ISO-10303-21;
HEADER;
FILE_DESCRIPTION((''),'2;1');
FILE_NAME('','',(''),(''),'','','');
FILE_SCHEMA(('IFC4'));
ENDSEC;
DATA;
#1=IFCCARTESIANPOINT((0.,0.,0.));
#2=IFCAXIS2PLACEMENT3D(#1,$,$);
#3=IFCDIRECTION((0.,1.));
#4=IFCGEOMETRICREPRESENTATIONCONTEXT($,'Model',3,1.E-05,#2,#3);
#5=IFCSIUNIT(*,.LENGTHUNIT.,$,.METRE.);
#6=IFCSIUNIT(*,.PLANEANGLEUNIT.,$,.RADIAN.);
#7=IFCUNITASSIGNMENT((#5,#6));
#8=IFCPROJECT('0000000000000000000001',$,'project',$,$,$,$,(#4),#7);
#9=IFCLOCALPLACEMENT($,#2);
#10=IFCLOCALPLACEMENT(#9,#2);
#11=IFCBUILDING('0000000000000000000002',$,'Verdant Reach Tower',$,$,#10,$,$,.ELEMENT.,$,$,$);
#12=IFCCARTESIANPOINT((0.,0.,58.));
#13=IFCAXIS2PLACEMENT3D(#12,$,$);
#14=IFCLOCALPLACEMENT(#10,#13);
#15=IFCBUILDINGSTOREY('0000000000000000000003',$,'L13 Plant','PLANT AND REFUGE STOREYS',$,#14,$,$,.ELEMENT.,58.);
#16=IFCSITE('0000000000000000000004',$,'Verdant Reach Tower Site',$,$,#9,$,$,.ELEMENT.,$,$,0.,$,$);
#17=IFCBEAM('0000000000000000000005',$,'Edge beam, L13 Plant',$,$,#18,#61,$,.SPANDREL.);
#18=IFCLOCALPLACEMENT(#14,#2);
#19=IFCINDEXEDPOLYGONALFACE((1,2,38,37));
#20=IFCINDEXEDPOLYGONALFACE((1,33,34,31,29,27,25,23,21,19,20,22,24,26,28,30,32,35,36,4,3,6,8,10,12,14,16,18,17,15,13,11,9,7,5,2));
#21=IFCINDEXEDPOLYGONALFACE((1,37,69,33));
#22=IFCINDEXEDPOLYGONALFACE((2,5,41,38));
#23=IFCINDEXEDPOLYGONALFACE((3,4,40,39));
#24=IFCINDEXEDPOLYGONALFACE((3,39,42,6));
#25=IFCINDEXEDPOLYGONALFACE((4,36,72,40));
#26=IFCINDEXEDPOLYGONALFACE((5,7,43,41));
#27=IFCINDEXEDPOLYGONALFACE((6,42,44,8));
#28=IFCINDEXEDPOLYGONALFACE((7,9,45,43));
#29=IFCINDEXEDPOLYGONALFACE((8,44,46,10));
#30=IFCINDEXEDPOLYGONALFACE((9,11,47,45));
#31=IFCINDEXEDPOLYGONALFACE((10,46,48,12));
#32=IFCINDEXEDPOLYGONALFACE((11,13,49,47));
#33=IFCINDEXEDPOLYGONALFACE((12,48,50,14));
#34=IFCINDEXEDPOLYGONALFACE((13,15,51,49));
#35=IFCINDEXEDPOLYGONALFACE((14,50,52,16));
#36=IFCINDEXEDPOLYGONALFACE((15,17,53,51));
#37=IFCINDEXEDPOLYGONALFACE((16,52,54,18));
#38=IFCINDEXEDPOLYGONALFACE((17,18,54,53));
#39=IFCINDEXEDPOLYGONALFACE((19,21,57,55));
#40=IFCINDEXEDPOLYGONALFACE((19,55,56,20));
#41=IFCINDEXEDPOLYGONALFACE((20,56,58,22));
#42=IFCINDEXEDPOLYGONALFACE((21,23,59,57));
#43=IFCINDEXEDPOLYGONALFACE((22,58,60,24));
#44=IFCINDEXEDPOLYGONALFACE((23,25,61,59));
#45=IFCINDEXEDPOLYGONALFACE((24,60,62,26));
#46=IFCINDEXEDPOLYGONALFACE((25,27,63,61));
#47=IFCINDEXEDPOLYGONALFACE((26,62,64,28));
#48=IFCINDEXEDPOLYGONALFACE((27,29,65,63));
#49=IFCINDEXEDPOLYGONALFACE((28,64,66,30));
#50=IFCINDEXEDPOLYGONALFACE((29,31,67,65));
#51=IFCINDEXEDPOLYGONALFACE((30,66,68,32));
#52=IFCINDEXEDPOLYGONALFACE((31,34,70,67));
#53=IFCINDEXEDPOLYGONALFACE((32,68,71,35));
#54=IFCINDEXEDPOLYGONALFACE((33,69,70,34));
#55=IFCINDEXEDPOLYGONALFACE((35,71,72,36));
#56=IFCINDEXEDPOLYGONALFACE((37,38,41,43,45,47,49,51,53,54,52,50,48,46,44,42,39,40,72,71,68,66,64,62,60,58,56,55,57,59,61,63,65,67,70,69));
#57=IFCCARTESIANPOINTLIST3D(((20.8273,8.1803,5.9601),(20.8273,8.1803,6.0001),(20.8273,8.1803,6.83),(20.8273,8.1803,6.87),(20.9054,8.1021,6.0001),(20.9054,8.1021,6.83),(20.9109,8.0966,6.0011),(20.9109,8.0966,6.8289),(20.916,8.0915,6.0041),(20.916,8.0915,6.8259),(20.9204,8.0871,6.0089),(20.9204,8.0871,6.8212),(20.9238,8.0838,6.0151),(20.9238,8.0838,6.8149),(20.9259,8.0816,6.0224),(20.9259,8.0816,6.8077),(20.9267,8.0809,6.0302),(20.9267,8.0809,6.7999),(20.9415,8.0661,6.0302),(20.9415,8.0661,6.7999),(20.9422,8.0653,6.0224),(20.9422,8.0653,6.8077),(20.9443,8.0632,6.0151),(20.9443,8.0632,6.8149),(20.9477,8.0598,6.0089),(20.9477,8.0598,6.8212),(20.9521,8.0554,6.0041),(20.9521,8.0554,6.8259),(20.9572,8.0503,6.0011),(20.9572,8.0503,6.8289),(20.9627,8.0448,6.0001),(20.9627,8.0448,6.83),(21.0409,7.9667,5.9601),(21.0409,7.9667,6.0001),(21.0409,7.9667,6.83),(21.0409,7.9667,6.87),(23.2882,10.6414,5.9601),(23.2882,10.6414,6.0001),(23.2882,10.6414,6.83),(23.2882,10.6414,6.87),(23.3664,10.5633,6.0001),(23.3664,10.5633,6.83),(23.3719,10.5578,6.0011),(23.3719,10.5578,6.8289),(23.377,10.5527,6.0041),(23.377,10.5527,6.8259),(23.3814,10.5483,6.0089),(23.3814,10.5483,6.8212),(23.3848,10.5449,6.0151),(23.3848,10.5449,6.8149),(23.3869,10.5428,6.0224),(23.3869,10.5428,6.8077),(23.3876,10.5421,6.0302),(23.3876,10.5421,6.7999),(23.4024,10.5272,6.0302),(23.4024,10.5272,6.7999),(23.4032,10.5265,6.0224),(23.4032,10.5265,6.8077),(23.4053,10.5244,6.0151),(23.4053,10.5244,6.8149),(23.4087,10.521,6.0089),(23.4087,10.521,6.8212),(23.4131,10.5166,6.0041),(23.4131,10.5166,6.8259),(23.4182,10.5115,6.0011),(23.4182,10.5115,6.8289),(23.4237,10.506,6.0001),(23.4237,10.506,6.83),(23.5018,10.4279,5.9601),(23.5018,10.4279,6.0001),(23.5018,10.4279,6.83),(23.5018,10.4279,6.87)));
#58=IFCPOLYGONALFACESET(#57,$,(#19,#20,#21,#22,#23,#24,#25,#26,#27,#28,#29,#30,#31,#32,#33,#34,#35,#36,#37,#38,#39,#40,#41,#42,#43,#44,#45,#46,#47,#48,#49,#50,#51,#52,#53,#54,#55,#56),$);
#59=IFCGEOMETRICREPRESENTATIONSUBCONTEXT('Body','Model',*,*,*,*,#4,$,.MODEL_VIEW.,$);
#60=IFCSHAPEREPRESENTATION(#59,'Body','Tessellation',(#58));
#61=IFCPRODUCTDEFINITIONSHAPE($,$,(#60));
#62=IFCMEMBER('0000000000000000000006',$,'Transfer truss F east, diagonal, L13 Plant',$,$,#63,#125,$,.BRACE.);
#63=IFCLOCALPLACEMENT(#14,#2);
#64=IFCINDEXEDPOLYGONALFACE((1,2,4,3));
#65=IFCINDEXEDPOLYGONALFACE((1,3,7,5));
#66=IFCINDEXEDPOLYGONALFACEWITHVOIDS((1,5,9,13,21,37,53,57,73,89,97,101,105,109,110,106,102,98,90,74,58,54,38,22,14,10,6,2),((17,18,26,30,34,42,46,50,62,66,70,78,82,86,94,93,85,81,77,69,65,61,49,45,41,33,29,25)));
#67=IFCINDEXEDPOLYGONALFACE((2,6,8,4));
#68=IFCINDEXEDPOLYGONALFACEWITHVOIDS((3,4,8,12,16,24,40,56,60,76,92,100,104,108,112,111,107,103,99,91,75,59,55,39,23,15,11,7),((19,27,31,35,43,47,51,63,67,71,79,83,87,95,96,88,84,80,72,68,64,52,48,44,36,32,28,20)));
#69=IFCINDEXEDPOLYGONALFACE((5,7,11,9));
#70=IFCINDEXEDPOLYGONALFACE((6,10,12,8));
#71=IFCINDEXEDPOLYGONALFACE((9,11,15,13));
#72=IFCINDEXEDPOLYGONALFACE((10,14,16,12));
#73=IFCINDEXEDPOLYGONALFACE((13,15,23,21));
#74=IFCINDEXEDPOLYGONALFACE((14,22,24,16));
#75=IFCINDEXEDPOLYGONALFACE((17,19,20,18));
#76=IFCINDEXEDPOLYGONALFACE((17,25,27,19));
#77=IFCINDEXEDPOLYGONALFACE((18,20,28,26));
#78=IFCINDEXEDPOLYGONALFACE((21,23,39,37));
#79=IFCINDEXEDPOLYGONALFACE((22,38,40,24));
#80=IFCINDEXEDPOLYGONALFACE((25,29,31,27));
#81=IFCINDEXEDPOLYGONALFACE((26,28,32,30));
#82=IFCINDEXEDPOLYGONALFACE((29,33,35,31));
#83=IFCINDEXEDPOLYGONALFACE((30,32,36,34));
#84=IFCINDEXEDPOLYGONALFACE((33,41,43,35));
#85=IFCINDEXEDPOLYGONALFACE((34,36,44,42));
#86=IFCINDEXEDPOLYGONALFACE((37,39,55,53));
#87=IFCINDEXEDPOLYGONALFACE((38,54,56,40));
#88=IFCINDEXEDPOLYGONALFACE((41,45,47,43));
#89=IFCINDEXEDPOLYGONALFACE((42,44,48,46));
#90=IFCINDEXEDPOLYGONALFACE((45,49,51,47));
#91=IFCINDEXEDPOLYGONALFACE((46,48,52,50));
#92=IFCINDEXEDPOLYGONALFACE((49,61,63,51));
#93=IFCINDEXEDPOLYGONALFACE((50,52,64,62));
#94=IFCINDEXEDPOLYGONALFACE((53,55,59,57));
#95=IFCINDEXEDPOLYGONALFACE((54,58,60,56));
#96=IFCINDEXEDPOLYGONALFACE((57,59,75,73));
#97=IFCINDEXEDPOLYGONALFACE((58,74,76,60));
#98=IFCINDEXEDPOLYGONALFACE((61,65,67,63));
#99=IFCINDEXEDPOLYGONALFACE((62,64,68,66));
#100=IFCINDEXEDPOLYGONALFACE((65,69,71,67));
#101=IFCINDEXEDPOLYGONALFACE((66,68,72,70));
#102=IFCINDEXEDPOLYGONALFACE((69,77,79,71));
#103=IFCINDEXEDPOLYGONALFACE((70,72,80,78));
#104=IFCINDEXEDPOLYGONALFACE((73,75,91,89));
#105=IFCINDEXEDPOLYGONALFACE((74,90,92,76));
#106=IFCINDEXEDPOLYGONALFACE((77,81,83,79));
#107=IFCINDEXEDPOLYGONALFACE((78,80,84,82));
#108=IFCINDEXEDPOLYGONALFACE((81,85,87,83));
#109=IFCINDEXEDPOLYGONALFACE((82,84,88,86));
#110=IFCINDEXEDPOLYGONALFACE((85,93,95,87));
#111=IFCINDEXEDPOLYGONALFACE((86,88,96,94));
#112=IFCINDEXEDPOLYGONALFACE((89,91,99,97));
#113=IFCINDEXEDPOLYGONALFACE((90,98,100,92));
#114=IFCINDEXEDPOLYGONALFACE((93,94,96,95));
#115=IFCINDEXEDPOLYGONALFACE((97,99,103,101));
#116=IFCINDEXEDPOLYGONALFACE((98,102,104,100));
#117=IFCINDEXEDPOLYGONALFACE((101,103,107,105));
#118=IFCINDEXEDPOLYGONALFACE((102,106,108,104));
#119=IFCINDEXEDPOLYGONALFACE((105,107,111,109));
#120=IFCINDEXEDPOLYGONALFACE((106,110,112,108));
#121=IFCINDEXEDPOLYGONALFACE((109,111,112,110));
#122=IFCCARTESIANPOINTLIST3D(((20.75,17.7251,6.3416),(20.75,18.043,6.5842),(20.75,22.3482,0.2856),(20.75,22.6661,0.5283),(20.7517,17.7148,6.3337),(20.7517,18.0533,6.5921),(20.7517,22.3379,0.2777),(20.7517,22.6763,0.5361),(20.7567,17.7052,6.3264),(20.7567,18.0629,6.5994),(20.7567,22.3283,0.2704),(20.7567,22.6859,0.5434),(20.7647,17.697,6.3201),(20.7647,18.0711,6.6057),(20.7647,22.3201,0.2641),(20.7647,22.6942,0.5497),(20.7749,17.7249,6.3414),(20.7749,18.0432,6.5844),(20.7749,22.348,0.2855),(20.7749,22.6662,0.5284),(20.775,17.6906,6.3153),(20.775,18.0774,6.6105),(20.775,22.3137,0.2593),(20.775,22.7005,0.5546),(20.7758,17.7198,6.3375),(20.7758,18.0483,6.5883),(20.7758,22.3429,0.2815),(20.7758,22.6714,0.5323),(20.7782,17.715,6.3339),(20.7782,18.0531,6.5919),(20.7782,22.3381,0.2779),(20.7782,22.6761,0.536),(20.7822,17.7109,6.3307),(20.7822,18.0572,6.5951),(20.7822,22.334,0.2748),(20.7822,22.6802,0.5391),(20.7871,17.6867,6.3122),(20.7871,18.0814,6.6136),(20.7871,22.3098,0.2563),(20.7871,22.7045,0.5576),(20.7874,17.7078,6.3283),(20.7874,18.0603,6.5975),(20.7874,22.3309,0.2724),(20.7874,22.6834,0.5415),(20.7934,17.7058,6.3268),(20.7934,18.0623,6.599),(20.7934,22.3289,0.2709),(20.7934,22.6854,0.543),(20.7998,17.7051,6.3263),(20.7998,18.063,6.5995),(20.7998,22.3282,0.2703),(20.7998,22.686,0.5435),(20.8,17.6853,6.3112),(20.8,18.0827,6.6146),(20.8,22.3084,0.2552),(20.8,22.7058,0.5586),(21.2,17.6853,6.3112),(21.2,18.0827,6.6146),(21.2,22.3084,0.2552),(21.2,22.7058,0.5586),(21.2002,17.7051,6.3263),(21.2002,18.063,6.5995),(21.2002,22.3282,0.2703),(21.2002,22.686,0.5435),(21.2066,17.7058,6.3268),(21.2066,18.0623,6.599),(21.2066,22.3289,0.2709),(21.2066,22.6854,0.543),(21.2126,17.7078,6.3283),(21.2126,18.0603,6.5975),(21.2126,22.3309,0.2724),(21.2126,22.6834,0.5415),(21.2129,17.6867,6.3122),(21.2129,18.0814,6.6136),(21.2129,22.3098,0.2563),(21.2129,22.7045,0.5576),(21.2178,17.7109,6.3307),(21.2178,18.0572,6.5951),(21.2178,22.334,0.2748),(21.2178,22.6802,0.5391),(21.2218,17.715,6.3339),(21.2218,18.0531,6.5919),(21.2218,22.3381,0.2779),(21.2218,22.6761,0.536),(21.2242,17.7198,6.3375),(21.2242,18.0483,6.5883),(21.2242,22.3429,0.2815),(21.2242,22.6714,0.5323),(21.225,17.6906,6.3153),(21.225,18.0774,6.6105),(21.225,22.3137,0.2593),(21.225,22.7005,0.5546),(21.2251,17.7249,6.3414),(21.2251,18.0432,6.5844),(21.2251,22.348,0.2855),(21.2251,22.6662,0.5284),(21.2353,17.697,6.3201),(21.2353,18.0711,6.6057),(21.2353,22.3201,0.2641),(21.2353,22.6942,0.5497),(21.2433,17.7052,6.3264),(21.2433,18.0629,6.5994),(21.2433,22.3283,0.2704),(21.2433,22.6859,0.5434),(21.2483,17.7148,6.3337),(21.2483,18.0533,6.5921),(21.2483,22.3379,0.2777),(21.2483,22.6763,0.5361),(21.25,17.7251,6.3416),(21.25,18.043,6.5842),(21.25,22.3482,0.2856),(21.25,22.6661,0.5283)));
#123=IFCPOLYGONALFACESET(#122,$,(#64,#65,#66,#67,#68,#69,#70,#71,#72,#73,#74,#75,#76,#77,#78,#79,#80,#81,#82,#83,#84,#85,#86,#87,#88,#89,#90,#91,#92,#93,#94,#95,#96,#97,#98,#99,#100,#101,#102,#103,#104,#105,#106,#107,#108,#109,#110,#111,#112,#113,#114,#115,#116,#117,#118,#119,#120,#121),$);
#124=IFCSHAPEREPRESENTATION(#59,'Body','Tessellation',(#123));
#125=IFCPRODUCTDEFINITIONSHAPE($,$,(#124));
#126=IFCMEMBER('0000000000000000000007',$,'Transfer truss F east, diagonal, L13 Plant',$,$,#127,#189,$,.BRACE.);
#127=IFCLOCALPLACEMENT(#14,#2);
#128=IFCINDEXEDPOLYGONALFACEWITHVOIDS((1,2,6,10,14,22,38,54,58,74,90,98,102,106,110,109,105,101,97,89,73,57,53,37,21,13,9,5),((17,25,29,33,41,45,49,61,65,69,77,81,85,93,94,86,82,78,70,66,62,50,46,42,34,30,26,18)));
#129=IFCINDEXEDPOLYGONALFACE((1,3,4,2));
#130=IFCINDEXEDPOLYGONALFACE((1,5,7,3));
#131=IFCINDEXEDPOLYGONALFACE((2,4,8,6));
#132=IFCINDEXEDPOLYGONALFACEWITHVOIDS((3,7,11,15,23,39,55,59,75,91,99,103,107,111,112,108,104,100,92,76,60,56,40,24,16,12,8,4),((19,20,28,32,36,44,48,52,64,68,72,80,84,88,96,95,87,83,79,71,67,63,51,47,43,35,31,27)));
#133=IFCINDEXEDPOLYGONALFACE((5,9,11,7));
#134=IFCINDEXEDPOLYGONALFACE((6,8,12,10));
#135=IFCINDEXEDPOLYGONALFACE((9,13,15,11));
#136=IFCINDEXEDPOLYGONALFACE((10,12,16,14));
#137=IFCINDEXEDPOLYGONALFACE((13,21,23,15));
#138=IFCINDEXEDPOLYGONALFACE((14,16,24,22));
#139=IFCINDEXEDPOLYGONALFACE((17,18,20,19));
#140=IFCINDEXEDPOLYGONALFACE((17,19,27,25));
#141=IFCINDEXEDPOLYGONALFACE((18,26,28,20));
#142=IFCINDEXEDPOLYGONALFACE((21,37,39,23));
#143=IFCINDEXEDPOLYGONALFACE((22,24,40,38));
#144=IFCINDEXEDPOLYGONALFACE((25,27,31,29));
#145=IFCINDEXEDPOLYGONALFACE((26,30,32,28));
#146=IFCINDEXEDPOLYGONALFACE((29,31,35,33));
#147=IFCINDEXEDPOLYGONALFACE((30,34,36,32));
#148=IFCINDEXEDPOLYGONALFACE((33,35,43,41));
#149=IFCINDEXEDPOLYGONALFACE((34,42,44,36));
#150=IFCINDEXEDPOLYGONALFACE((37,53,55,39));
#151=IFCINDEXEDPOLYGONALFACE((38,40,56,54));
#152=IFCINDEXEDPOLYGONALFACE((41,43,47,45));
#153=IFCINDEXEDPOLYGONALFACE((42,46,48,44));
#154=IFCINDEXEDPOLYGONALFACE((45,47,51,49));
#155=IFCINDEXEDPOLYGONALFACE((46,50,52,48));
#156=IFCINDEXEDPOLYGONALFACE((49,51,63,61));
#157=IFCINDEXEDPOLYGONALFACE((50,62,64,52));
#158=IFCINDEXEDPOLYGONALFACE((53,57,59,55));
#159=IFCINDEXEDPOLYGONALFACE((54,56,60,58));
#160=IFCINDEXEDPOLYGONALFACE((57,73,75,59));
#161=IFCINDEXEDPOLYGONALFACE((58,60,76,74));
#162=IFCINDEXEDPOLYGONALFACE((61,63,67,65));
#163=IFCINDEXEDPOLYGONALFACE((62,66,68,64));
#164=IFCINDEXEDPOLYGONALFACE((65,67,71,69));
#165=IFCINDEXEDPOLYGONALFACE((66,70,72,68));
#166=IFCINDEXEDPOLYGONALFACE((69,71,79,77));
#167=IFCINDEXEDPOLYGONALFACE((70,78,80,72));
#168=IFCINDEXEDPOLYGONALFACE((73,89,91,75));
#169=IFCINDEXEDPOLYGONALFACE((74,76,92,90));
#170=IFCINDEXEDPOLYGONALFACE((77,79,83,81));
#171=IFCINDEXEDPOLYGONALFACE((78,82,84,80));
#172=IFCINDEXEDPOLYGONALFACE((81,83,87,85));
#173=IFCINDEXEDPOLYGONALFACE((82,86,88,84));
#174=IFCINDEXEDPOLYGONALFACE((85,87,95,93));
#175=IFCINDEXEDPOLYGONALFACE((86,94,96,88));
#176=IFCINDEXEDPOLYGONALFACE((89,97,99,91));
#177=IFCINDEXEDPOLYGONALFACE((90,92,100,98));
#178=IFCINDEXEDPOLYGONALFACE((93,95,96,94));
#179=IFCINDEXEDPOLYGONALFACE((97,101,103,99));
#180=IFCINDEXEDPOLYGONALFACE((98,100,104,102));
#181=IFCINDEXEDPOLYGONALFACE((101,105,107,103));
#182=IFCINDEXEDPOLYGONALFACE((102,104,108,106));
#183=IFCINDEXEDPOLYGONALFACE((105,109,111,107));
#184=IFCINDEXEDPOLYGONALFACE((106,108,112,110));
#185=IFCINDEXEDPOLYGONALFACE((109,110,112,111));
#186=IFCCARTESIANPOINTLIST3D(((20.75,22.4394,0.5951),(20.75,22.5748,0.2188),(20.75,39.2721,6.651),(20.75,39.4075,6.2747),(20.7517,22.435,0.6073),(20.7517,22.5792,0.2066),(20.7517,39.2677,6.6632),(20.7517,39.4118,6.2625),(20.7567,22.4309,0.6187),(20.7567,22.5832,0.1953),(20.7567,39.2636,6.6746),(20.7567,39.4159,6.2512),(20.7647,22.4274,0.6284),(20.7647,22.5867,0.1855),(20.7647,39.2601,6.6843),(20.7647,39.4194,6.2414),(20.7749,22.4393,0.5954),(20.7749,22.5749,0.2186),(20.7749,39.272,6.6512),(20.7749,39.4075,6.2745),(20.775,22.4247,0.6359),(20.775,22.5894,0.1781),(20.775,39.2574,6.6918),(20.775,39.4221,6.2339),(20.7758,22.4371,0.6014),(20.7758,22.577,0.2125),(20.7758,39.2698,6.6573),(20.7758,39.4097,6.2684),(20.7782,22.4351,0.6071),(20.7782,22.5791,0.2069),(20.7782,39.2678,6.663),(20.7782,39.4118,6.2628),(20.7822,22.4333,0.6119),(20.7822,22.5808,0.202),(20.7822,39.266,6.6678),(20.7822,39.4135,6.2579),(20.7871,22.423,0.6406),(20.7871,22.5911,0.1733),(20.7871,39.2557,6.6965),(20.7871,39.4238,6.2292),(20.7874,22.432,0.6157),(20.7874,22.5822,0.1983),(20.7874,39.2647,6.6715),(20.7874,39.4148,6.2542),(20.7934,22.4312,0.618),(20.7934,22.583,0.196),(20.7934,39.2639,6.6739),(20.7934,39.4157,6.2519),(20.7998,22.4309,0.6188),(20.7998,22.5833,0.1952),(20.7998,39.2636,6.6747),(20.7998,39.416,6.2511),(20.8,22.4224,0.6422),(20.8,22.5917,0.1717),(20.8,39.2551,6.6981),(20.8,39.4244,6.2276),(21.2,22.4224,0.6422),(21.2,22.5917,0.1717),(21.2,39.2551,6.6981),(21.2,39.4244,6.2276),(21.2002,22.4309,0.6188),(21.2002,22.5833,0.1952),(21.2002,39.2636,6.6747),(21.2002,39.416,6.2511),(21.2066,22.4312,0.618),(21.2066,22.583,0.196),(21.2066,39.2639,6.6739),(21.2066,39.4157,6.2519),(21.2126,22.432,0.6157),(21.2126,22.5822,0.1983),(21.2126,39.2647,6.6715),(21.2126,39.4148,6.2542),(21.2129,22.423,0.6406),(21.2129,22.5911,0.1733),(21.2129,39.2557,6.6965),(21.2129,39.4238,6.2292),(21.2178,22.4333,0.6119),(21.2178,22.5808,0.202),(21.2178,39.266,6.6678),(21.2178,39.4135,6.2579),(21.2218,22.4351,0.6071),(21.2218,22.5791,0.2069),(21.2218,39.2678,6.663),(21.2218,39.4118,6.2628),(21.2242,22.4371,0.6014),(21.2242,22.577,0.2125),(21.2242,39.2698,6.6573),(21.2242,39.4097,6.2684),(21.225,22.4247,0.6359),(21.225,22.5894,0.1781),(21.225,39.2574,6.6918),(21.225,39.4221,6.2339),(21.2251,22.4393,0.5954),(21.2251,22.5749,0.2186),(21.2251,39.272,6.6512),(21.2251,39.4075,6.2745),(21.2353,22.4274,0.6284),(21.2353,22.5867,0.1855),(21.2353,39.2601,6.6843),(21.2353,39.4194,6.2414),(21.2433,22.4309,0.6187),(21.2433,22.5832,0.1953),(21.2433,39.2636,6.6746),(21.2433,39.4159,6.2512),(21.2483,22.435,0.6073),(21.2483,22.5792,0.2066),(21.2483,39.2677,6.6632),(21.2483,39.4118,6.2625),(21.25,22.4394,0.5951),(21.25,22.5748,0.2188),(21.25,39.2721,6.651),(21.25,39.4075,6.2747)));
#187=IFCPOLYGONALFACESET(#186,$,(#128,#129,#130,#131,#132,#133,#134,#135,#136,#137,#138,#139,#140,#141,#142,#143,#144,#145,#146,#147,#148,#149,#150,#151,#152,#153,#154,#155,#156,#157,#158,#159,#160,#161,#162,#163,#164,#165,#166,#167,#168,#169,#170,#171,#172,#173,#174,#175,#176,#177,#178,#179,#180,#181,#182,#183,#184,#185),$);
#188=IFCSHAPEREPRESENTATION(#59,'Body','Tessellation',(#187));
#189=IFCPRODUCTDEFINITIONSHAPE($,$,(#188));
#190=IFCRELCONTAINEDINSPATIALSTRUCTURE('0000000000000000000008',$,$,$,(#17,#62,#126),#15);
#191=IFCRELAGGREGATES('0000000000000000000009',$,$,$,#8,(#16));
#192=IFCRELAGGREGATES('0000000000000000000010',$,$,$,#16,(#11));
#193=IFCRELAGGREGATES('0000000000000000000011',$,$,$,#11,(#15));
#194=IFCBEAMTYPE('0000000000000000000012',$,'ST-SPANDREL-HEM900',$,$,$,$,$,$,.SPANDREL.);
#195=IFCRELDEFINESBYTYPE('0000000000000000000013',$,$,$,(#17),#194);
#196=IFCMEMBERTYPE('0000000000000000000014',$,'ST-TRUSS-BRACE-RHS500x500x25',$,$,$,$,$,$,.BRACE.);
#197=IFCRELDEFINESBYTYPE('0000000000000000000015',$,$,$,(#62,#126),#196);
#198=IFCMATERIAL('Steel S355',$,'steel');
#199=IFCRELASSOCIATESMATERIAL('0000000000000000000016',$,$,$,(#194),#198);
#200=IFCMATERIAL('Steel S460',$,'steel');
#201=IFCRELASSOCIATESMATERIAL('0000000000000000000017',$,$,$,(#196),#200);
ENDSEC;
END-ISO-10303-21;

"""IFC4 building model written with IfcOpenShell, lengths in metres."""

from ifc_helpers import new_model, si_unit, direction, frame, origin, origin_2d, place, context, subcontext, project, spatial, hollow_rectangle, i_section, extrude, material, material_profile, profile_set, type_object, element, save


model = new_model("IFC4")

# Units and contexts
model_context = context("Model", 3, precision=1e-05, world=origin(), true_north=direction((0.0, 1.0)))
body_context = subcontext(model_context, "Body", "Model", "MODEL_VIEW")
ifc_project = project(units=[si_unit("LENGTHUNIT", "METRE"), si_unit("PLANEANGLEUNIT", "RADIAN")], contexts=[model_context])

# Site, building, storey
site_placement = place(None, origin())
site = spatial("IfcSite", under=ifc_project, at=site_placement, Name="Verdant Reach Tower Site", CompositionType="ELEMENT", RefElevation=0.0)
building_placement = place(site_placement, origin())
building = spatial("IfcBuilding", under=site, at=building_placement, Name="Verdant Reach Tower", CompositionType="ELEMENT")
storey_placement = place(building_placement, frame((0.0, 0.0, 58.0)))
storey = spatial("IfcBuildingStorey", under=building, at=storey_placement, Name="L13 Plant", Description="PLANT AND REFUGE STOREYS", CompositionType="ELEMENT", Elevation=58.0)

# Shared definitions
ifc_material_1 = material(Name="Steel S460", Category="steel")

# Beam
ifc_material_2 = material(Name="Steel S355", Category="steel")
ifc_material_profile_1 = material_profile(ifc_material_2, i_section(OverallWidth=0.302, OverallDepth=0.9099, WebThickness=0.021, FlangeThickness=0.04, FilletRadius=0.03, at=origin_2d()), Name="HEM 900")
ifc_profile_set_1 = profile_set([ifc_material_profile_1], Name="Steel S355")
beam_type_1 = type_object("IfcBeamType", Name="ST-SPANDREL-HEM900", PredefinedType="SPANDREL", material=ifc_profile_set_1)
beam_1_placement = place(storey_placement, frame((23.395, 10.5347, 6.415), z_axis=(-0.707072, -0.707142, 0.0), x_axis=(0.707142, -0.707072, 0.0)))
element("IfcBeam", 1, at=beam_1_placement, inside=storey, type_object=beam_type_1, Name="Edge beam, L13 Plant", PredefinedType="SPANDREL", context=body_context, shape_type="SweptSolid", body=[
    extrude(i_section(OverallWidth=0.302, OverallDepth=0.9099, WebThickness=0.021, FlangeThickness=0.04, FilletRadius=0.03, at=origin_2d()), origin(), (0.0, 0.0, 1.0), 3.4805),
])

# Members
ifc_material_profile_2 = material_profile(ifc_material_1, hollow_rectangle(XDim=0.5, YDim=0.5, WallThickness=0.0249, InnerFilletRadius=0.0249, OuterFilletRadius=0.05, at=origin_2d()), Name="RHS 500x500x25")
ifc_profile_set_2 = profile_set([ifc_material_profile_2], Name="Steel S460")
member_type_1 = type_object("IfcMemberType", Name="ST-TRUSS-BRACE-RHS500x500x25", PredefinedType="BRACE", material=ifc_profile_set_2)
member_1_placement = place(storey_placement, frame((21.0, 17.884, 6.4629), z_axis=(0.0, 0.606792, -0.794861), x_axis=(-1.0, 0.0, 0.0)))
element("IfcMember", 2, at=member_1_placement, inside=storey, type_object=member_type_1, Name="Transfer truss F east, diagonal, L13 Plant", PredefinedType="BRACE", context=body_context, shape_type="SweptSolid", body=[
    extrude(hollow_rectangle(XDim=0.5, YDim=0.5, WallThickness=0.0249, InnerFilletRadius=0.0249, OuterFilletRadius=0.05, at=origin_2d()), origin(), (0.0, 0.0, 1.0), 7.6189),
])
member_2_placement = place(storey_placement, frame((21.0, 22.5071, 0.407), z_axis=(0.0, 0.940957, 0.338527), x_axis=(-1.0, 0.0, 0.0)))
element("IfcMember", 3, at=member_2_placement, inside=storey, type_object=member_type_1, Name="Transfer truss F east, diagonal, L13 Plant", PredefinedType="BRACE", context=body_context, shape_type="SweptSolid", body=[
    extrude(hollow_rectangle(XDim=0.5, YDim=0.5, WallThickness=0.0249, InnerFilletRadius=0.0249, OuterFilletRadius=0.05, at=origin_2d()), origin(), (0.0, 0.0, 1.0), 17.8889),
])

save(model, "model.ifc")
